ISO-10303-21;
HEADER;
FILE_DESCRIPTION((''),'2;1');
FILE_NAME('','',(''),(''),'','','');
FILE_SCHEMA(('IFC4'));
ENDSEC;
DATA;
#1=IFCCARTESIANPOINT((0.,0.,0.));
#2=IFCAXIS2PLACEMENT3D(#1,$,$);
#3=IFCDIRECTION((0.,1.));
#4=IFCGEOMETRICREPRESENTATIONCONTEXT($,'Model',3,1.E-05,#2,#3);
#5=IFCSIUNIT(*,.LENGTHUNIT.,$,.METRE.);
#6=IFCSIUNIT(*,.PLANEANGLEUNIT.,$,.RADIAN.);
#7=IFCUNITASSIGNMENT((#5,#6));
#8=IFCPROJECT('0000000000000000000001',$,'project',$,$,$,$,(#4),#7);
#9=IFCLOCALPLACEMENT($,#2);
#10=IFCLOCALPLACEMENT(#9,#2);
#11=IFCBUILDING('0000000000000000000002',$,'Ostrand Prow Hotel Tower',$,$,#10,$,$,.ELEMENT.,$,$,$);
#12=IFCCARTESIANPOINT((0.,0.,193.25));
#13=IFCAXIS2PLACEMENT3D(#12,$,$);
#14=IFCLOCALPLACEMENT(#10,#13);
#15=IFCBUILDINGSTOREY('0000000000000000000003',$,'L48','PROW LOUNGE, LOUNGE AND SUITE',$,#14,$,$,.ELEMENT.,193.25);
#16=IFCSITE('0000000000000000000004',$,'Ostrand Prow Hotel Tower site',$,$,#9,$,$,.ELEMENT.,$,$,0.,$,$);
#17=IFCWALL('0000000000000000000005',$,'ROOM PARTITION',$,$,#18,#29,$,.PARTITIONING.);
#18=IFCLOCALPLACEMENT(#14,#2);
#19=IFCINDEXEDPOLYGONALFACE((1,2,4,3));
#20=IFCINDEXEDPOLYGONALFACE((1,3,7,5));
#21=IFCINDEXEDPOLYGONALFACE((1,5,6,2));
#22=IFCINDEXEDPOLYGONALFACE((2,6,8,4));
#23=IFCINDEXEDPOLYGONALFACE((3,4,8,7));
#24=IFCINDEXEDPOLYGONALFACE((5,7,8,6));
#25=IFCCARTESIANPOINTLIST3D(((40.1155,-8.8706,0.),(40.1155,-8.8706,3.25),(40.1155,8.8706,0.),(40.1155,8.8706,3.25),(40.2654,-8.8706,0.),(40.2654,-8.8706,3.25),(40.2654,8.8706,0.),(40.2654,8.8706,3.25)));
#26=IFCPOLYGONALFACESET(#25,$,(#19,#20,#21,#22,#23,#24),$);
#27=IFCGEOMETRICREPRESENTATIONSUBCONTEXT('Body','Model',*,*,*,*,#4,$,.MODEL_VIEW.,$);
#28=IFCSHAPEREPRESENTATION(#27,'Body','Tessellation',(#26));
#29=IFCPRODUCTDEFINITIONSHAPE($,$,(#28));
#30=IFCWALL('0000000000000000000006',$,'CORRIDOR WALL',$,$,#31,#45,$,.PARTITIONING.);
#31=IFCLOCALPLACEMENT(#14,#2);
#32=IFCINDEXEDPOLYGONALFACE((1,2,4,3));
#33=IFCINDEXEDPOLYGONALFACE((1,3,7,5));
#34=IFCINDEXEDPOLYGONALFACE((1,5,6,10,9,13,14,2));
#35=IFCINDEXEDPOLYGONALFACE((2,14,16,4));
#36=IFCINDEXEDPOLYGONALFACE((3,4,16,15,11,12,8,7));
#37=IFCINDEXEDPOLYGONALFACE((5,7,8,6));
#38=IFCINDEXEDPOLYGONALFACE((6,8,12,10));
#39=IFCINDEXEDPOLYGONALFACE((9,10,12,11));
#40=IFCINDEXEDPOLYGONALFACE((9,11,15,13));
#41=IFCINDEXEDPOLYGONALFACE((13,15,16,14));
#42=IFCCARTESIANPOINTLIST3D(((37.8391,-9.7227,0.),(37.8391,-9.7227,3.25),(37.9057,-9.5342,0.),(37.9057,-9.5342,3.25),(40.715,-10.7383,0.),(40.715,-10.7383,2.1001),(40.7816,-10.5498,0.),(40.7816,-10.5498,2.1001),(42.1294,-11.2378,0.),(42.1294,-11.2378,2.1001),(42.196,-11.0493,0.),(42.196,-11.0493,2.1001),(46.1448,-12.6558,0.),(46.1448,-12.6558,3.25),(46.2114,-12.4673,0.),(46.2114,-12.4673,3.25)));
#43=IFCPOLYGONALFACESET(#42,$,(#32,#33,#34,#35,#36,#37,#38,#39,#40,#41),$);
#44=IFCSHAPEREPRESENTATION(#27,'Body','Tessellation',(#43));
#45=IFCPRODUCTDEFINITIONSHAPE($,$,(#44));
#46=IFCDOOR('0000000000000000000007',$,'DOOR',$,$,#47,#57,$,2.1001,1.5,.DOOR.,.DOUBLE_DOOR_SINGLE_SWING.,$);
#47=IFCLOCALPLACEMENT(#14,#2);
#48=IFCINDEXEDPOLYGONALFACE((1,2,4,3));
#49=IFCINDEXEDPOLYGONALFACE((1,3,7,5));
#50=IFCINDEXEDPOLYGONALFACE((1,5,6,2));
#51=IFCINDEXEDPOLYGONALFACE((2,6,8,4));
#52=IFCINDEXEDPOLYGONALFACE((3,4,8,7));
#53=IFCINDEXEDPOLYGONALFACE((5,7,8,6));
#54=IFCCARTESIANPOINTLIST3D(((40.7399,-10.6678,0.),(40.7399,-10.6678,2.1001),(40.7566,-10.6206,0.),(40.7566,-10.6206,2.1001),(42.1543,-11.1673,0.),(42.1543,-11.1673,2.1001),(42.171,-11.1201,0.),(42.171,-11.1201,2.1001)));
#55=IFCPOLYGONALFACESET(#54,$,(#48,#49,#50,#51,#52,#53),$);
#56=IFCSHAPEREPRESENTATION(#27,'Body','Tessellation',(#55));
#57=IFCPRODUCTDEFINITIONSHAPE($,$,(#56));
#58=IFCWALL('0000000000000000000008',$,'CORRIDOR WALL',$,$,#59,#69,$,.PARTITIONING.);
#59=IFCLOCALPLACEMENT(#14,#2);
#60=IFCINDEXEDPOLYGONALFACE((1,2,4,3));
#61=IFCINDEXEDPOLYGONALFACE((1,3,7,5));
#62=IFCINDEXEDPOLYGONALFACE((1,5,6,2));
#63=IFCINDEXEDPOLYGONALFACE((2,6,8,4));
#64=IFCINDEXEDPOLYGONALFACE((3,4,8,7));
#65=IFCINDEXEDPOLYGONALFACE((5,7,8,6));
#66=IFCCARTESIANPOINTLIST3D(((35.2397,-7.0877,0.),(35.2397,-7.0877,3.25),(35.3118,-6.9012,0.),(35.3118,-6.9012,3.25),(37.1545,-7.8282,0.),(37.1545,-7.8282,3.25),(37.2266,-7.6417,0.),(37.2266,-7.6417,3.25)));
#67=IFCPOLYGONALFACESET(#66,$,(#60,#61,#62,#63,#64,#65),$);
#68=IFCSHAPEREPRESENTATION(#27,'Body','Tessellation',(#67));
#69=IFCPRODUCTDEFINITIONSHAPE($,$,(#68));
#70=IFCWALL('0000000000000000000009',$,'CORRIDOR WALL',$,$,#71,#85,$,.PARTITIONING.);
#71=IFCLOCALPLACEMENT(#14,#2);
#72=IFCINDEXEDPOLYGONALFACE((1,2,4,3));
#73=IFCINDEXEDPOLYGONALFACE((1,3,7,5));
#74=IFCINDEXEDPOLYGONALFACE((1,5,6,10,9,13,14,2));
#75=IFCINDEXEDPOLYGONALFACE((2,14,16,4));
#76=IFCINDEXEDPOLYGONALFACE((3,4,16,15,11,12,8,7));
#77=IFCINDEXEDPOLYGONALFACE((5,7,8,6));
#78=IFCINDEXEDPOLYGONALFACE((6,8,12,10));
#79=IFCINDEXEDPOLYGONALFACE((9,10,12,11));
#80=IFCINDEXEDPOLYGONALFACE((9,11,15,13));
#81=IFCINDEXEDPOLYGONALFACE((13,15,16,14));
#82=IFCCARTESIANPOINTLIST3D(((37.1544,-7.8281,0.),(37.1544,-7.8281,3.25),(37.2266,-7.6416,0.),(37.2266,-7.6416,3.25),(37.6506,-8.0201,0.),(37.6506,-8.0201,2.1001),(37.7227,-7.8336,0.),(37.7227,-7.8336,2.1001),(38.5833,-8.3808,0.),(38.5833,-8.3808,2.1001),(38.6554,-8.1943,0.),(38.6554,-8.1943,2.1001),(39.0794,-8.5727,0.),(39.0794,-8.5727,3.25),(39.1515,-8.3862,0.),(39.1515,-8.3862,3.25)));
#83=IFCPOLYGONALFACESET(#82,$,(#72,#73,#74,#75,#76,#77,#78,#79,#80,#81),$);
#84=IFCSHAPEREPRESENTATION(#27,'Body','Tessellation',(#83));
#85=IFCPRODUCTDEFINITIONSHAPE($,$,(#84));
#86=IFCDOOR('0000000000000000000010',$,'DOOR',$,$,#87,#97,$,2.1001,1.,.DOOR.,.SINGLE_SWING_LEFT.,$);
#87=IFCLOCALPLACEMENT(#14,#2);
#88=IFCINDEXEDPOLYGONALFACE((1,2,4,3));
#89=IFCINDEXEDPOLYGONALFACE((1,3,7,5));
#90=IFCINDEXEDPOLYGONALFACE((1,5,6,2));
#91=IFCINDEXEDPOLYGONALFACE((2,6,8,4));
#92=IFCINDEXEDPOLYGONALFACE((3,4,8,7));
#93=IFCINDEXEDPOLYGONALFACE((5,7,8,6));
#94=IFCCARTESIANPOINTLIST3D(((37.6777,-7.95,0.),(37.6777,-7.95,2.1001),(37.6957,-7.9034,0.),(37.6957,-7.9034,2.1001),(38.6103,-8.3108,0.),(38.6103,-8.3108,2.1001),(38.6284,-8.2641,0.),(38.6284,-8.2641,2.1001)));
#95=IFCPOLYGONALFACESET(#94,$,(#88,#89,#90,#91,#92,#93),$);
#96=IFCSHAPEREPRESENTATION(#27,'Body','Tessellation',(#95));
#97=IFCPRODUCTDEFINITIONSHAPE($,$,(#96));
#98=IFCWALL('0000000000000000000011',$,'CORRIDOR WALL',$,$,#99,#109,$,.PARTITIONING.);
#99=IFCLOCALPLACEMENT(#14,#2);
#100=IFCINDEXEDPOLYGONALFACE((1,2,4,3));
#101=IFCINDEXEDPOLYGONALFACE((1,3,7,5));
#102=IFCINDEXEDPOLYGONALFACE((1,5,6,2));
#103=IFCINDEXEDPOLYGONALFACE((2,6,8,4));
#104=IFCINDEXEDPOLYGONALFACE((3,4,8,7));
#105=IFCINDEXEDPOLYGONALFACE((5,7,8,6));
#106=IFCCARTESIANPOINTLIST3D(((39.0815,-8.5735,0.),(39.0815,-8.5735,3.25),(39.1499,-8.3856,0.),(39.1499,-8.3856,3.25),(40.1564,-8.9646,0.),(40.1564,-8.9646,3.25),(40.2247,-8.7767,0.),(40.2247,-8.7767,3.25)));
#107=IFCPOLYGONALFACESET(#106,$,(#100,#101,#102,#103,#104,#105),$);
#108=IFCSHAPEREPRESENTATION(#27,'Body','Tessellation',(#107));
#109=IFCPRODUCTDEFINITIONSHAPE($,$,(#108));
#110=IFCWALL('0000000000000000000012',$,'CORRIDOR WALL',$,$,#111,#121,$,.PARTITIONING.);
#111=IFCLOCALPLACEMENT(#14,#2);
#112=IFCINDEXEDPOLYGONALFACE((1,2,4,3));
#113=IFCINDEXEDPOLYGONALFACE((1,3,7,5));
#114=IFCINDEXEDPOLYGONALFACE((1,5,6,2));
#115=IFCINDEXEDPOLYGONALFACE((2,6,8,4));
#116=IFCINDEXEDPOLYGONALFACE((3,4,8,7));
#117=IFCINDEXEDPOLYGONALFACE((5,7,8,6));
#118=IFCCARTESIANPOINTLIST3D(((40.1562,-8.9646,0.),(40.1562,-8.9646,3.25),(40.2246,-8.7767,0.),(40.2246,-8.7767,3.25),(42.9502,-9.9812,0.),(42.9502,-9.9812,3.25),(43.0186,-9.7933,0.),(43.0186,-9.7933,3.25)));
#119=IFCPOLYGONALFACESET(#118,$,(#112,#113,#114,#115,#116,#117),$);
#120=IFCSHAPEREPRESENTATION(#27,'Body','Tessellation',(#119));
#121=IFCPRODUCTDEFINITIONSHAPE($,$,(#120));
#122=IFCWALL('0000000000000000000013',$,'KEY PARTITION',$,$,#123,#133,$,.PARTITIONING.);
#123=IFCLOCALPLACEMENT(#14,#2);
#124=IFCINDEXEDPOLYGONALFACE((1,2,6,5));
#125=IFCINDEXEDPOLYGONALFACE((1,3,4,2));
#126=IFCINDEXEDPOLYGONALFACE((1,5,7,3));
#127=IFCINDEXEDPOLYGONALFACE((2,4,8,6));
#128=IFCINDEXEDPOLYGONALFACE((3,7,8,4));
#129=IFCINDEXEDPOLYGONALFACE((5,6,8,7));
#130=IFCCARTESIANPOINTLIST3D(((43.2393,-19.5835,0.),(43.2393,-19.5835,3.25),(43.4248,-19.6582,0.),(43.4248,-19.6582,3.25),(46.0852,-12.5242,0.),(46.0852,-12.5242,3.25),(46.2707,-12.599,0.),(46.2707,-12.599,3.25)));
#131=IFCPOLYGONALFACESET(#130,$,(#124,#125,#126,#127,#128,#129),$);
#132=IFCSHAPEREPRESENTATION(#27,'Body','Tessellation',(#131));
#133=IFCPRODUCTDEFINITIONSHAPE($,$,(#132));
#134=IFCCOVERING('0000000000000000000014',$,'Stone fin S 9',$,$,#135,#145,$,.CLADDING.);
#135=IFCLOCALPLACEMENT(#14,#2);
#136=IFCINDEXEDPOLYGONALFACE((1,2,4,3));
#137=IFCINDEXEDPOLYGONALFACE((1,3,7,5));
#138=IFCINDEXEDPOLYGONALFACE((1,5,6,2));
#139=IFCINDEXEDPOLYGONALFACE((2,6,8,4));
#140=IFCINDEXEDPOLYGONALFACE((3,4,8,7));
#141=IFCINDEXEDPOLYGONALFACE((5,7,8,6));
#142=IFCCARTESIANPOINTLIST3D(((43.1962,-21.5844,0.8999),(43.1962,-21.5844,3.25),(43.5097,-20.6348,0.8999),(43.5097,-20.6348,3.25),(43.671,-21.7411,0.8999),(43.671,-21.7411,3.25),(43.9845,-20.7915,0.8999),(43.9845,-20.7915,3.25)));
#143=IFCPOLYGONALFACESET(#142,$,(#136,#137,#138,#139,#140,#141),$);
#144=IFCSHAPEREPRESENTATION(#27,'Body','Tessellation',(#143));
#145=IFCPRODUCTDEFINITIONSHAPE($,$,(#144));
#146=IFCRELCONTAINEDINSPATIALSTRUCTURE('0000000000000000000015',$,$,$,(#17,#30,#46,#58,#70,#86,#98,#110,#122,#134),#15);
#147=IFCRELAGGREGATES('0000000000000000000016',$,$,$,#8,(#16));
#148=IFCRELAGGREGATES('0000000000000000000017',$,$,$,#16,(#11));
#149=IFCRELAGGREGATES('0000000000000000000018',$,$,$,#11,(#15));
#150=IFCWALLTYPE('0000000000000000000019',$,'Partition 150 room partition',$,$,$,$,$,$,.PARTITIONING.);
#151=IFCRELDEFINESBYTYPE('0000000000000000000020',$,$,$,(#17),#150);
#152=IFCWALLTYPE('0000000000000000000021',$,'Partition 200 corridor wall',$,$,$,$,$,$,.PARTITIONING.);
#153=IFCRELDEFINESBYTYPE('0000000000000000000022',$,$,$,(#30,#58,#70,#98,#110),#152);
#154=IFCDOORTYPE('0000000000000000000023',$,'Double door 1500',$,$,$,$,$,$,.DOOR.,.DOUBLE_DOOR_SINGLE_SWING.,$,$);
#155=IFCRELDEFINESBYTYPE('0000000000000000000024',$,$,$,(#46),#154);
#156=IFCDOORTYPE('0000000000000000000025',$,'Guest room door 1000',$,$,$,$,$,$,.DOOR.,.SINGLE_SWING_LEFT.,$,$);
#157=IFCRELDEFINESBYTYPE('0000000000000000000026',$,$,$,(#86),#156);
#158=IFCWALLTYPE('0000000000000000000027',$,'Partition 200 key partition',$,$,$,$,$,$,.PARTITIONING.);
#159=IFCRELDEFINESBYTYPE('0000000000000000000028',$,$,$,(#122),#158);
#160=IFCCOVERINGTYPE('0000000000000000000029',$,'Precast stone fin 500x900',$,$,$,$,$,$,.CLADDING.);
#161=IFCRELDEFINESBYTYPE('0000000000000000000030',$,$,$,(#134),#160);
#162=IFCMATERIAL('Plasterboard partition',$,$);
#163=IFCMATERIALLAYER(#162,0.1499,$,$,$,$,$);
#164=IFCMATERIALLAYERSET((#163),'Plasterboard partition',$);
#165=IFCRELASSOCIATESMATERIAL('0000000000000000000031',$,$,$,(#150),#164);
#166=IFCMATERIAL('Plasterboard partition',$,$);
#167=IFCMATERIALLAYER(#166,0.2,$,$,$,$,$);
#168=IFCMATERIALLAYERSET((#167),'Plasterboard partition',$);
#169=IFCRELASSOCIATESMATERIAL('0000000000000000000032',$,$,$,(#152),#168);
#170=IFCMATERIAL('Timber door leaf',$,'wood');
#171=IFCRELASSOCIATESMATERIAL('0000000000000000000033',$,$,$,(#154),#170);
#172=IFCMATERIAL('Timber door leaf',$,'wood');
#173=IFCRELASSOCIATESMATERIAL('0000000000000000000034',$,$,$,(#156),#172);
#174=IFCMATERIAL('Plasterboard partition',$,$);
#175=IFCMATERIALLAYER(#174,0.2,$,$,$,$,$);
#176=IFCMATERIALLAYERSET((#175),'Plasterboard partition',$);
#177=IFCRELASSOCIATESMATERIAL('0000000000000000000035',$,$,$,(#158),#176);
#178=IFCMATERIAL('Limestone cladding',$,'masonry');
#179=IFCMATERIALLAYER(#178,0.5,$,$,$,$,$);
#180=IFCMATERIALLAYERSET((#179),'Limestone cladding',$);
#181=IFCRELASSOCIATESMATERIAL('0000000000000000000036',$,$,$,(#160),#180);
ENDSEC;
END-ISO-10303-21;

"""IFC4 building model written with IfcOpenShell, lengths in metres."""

from ifc_helpers import new_model, si_unit, direction, frame, frame_2d, origin, place, context, subcontext, project, spatial, rectangle, extrude, material, layer, layer_set, type_object, element, fill, save


model = new_model("IFC4")

# Units and contexts
model_context = context("Model", 3, precision=1e-05, world=origin(), true_north=direction((0.0, 1.0)))
body_context = subcontext(model_context, "Body", "Model", "MODEL_VIEW")
ifc_project = project(units=[si_unit("LENGTHUNIT", "METRE"), si_unit("PLANEANGLEUNIT", "RADIAN")], contexts=[model_context])

# Site, building, storey
site_placement = place(None, origin())
site = spatial("IfcSite", under=ifc_project, at=site_placement, Name="Ostrand Prow Hotel Tower site", CompositionType="ELEMENT", RefElevation=0.0)
building_placement = place(site_placement, origin())
building = spatial("IfcBuilding", under=site, at=building_placement, Name="Ostrand Prow Hotel Tower", CompositionType="ELEMENT")
storey_placement = place(building_placement, frame((0.0, 0.0, 193.25)))
storey = spatial("IfcBuildingStorey", under=building, at=storey_placement, Name="L48", Description="PROW LOUNGE, LOUNGE AND SUITE", CompositionType="ELEMENT", Elevation=193.25)

# Wall
ifc_material_1 = material(Name="Plasterboard partition")
ifc_layer_1 = layer(ifc_material_1, 0.1499)
ifc_layer_set_1 = layer_set([ifc_layer_1], Name="Plasterboard partition")
wall_type_1 = type_object("IfcWallType", Name="Partition 150 room partition", PredefinedType="PARTITIONING", material=ifc_layer_set_1)
wall_1_placement = place(storey_placement, frame((40.1904, -8.8706, 0.0), z_axis=(0.0, 0.0, 1.0), x_axis=(0.0, 1.0, 0.0)))
element("IfcWall", 1, at=wall_1_placement, inside=storey, type_object=wall_type_1, Name="ROOM PARTITION", PredefinedType="PARTITIONING", context=body_context, shape_type="SweptSolid", body=[
    extrude(rectangle(XDim=17.7412, YDim=0.1499, at=frame_2d((8.8706, 0.0))), origin(), (0.0, 0.0, 1.0), 3.25),
])

# Wall, opening, door
ifc_material_2 = material(Name="Plasterboard partition")
ifc_layer_2 = layer(ifc_material_2, 0.2)
ifc_layer_set_2 = layer_set([ifc_layer_2], Name="Plasterboard partition")
wall_type_2 = type_object("IfcWallType", Name="Partition 200 corridor wall", PredefinedType="PARTITIONING", material=ifc_layer_set_2)
wall_2_placement = place(storey_placement, frame((37.8723, -9.6284, 0.0), z_axis=(0.0, 0.0, 1.0), x_axis=(0.94293, -0.332991, 0.0)))
wall_2 = element("IfcWall", 2, at=wall_2_placement, inside=storey, type_object=wall_type_2, Name="CORRIDOR WALL", PredefinedType="PARTITIONING", context=body_context, shape_type="SweptSolid", body=[
    extrude(rectangle(XDim=8.8083, YDim=0.2, at=frame_2d((4.4043, 0.0))), origin(), (0.0, 0.0, 1.0), 3.25),
])
opening_1_placement = place(wall_2_placement, frame((3.05, 0.0, 0.0)))
opening_1 = element("IfcOpeningElement", 3, at=opening_1_placement, cuts=wall_2, PredefinedType="OPENING", context=body_context, shape_type="SweptSolid", body=[
    extrude(rectangle(XDim=1.5, YDim=2.1001, at=frame_2d((0.75, 1.05))), frame((0.0, 0.1099, 0.0), z_axis=(0.0, -1.0, 0.0), x_axis=(1.0, 0.0, 0.0)), (0.0, 0.0, 1.0), 0.22),
])
ifc_material_3 = material(Name="Timber door leaf", Category="wood")
door_type_1 = type_object("IfcDoorType", Name="Double door 1500", OperationType="DOUBLE_DOOR_SINGLE_SWING", PredefinedType="DOOR", material=ifc_material_3)
door_1_placement = place(opening_1_placement, origin())
door_1 = element("IfcDoor", 4, at=door_1_placement, inside=storey, type_object=door_type_1, Name="DOOR", OperationType="DOUBLE_DOOR_SINGLE_SWING", OverallHeight=2.1001, OverallWidth=1.5, PredefinedType="DOOR", context=body_context, shape_type="SweptSolid", body=[
    extrude(rectangle(XDim=1.5, YDim=2.1001, at=frame_2d((0.75, 1.05))), frame((0.0, 0.0249, 0.0), z_axis=(0.0, -1.0, 0.0), x_axis=(1.0, 0.0, 0.0)), (0.0, 0.0, 1.0), 0.05),
])
fill(opening_1, door_1)

# Wall
wall_3_placement = place(storey_placement, frame((37.1904, -7.7349, 0.0), z_axis=(0.0, 0.0, 1.0), x_axis=(-0.932688, 0.360684, 0.0)))
element("IfcWall", 5, at=wall_3_placement, inside=storey, type_object=wall_type_2, Name="CORRIDOR WALL", PredefinedType="PARTITIONING", context=body_context, shape_type="SweptSolid", body=[
    extrude(rectangle(XDim=2.053, YDim=0.2, at=frame_2d((1.0264, 0.0))), origin(), (0.0, 0.0, 1.0), 3.25),
])

# Wall, opening, door
wall_4_placement = place(storey_placement, frame((39.1155, -8.4795, 0.0), z_axis=(0.0, 0.0, 1.0), x_axis=(-0.932658, 0.360762, 0.0)))
wall_4 = element("IfcWall", 6, at=wall_4_placement, inside=storey, type_object=wall_type_2, Name="CORRIDOR WALL", PredefinedType="PARTITIONING", context=body_context, shape_type="SweptSolid", body=[
    extrude(rectangle(XDim=2.064, YDim=0.2, at=frame_2d((1.032, 0.0))), origin(), (0.0, 0.0, 1.0), 3.25),
])
opening_2_placement = place(wall_4_placement, frame((0.532, 0.0, 0.0)))
opening_2 = element("IfcOpeningElement", 7, at=opening_2_placement, cuts=wall_4, PredefinedType="OPENING", context=body_context, shape_type="SweptSolid", body=[
    extrude(rectangle(XDim=1.0, YDim=2.1001, at=frame_2d((0.5, 1.05))), frame((0.0, 0.1099, 0.0), z_axis=(0.0, -1.0, 0.0), x_axis=(1.0, 0.0, 0.0)), (0.0, 0.0, 1.0), 0.22),
])
ifc_material_4 = material(Name="Timber door leaf", Category="wood")
door_type_2 = type_object("IfcDoorType", Name="Guest room door 1000", OperationType="SINGLE_SWING_LEFT", PredefinedType="DOOR", material=ifc_material_4)
door_2_placement = place(opening_2_placement, origin())
door_2 = element("IfcDoor", 8, at=door_2_placement, inside=storey, type_object=door_type_2, Name="DOOR", OperationType="SINGLE_SWING_LEFT", OverallHeight=2.1001, OverallWidth=1.0, PredefinedType="DOOR", context=body_context, shape_type="SweptSolid", body=[
    extrude(rectangle(XDim=1.0, YDim=2.1001, at=frame_2d((0.5, 1.05))), frame((0.0, 0.0249, 0.0), z_axis=(0.0, -1.0, 0.0), x_axis=(1.0, 0.0, 0.0)), (0.0, 0.0, 1.0), 0.05),
])
fill(opening_2, door_2)

# Walls
wall_5_placement = place(storey_placement, frame((40.1904, -8.8706, 0.0), z_axis=(0.0, 0.0, 1.0), x_axis=(-0.939731, 0.341914, 0.0)))
element("IfcWall", 9, at=wall_5_placement, inside=storey, type_object=wall_type_2, Name="CORRIDOR WALL", PredefinedType="PARTITIONING", context=body_context, shape_type="SweptSolid", body=[
    extrude(rectangle(XDim=1.1438, YDim=0.2, at=frame_2d((0.5718, 0.0))), origin(), (0.0, 0.0, 1.0), 3.25),
])
wall_6_placement = place(storey_placement, frame((42.9844, -9.8872, 0.0), z_axis=(0.0, 0.0, 1.0), x_axis=(-0.939726, 0.341928, 0.0)))
element("IfcWall", 10, at=wall_6_placement, inside=storey, type_object=wall_type_2, Name="CORRIDOR WALL", PredefinedType="PARTITIONING", context=body_context, shape_type="SweptSolid", body=[
    extrude(rectangle(XDim=2.9731, YDim=0.2, at=frame_2d((1.4866, 0.0))), origin(), (0.0, 0.0, 1.0), 3.25),
])
ifc_material_5 = material(Name="Plasterboard partition")
ifc_layer_3 = layer(ifc_material_5, 0.2)
ifc_layer_set_3 = layer_set([ifc_layer_3], Name="Plasterboard partition")
wall_type_3 = type_object("IfcWallType", Name="Partition 200 key partition", PredefinedType="PARTITIONING", material=ifc_layer_set_3)
wall_7_placement = place(storey_placement, frame((43.332, -19.6208, 0.0), z_axis=(0.0, 0.0, 1.0), x_axis=(0.373906, 0.927467, 0.0)))
element("IfcWall", 11, at=wall_7_placement, inside=storey, type_object=wall_type_3, Name="KEY PARTITION", PredefinedType="PARTITIONING", context=body_context, shape_type="SweptSolid", body=[
    extrude(rectangle(XDim=7.6113, YDim=0.2, at=frame_2d((3.8057, 0.0))), origin(), (0.0, 0.0, 1.0), 3.25),
])

# Covering
ifc_material_6 = material(Name="Limestone cladding", Category="masonry")
ifc_layer_4 = layer(ifc_material_6, 0.5)
ifc_layer_set_4 = layer_set([ifc_layer_4], Name="Limestone cladding")
covering_type = type_object("IfcCoveringType", Name="Precast stone fin 500x900", PredefinedType="CLADDING", material=ifc_layer_set_4)
covering_placement = place(storey_placement, frame((43.7471, -20.7131, 0.8999), z_axis=(0.0, 0.0, 1.0), x_axis=(-0.313443, -0.949607, 0.0)))
element("IfcCovering", 12, at=covering_placement, inside=storey, type_object=covering_type, Name="Stone fin S 9", PredefinedType="CLADDING", context=body_context, shape_type="SweptSolid", body=[
    extrude(rectangle(XDim=1.0, YDim=0.5, at=frame_2d((0.5, 0.0))), origin(), (0.0, 0.0, 1.0), 2.3501),
])

save(model, "model.ifc")
